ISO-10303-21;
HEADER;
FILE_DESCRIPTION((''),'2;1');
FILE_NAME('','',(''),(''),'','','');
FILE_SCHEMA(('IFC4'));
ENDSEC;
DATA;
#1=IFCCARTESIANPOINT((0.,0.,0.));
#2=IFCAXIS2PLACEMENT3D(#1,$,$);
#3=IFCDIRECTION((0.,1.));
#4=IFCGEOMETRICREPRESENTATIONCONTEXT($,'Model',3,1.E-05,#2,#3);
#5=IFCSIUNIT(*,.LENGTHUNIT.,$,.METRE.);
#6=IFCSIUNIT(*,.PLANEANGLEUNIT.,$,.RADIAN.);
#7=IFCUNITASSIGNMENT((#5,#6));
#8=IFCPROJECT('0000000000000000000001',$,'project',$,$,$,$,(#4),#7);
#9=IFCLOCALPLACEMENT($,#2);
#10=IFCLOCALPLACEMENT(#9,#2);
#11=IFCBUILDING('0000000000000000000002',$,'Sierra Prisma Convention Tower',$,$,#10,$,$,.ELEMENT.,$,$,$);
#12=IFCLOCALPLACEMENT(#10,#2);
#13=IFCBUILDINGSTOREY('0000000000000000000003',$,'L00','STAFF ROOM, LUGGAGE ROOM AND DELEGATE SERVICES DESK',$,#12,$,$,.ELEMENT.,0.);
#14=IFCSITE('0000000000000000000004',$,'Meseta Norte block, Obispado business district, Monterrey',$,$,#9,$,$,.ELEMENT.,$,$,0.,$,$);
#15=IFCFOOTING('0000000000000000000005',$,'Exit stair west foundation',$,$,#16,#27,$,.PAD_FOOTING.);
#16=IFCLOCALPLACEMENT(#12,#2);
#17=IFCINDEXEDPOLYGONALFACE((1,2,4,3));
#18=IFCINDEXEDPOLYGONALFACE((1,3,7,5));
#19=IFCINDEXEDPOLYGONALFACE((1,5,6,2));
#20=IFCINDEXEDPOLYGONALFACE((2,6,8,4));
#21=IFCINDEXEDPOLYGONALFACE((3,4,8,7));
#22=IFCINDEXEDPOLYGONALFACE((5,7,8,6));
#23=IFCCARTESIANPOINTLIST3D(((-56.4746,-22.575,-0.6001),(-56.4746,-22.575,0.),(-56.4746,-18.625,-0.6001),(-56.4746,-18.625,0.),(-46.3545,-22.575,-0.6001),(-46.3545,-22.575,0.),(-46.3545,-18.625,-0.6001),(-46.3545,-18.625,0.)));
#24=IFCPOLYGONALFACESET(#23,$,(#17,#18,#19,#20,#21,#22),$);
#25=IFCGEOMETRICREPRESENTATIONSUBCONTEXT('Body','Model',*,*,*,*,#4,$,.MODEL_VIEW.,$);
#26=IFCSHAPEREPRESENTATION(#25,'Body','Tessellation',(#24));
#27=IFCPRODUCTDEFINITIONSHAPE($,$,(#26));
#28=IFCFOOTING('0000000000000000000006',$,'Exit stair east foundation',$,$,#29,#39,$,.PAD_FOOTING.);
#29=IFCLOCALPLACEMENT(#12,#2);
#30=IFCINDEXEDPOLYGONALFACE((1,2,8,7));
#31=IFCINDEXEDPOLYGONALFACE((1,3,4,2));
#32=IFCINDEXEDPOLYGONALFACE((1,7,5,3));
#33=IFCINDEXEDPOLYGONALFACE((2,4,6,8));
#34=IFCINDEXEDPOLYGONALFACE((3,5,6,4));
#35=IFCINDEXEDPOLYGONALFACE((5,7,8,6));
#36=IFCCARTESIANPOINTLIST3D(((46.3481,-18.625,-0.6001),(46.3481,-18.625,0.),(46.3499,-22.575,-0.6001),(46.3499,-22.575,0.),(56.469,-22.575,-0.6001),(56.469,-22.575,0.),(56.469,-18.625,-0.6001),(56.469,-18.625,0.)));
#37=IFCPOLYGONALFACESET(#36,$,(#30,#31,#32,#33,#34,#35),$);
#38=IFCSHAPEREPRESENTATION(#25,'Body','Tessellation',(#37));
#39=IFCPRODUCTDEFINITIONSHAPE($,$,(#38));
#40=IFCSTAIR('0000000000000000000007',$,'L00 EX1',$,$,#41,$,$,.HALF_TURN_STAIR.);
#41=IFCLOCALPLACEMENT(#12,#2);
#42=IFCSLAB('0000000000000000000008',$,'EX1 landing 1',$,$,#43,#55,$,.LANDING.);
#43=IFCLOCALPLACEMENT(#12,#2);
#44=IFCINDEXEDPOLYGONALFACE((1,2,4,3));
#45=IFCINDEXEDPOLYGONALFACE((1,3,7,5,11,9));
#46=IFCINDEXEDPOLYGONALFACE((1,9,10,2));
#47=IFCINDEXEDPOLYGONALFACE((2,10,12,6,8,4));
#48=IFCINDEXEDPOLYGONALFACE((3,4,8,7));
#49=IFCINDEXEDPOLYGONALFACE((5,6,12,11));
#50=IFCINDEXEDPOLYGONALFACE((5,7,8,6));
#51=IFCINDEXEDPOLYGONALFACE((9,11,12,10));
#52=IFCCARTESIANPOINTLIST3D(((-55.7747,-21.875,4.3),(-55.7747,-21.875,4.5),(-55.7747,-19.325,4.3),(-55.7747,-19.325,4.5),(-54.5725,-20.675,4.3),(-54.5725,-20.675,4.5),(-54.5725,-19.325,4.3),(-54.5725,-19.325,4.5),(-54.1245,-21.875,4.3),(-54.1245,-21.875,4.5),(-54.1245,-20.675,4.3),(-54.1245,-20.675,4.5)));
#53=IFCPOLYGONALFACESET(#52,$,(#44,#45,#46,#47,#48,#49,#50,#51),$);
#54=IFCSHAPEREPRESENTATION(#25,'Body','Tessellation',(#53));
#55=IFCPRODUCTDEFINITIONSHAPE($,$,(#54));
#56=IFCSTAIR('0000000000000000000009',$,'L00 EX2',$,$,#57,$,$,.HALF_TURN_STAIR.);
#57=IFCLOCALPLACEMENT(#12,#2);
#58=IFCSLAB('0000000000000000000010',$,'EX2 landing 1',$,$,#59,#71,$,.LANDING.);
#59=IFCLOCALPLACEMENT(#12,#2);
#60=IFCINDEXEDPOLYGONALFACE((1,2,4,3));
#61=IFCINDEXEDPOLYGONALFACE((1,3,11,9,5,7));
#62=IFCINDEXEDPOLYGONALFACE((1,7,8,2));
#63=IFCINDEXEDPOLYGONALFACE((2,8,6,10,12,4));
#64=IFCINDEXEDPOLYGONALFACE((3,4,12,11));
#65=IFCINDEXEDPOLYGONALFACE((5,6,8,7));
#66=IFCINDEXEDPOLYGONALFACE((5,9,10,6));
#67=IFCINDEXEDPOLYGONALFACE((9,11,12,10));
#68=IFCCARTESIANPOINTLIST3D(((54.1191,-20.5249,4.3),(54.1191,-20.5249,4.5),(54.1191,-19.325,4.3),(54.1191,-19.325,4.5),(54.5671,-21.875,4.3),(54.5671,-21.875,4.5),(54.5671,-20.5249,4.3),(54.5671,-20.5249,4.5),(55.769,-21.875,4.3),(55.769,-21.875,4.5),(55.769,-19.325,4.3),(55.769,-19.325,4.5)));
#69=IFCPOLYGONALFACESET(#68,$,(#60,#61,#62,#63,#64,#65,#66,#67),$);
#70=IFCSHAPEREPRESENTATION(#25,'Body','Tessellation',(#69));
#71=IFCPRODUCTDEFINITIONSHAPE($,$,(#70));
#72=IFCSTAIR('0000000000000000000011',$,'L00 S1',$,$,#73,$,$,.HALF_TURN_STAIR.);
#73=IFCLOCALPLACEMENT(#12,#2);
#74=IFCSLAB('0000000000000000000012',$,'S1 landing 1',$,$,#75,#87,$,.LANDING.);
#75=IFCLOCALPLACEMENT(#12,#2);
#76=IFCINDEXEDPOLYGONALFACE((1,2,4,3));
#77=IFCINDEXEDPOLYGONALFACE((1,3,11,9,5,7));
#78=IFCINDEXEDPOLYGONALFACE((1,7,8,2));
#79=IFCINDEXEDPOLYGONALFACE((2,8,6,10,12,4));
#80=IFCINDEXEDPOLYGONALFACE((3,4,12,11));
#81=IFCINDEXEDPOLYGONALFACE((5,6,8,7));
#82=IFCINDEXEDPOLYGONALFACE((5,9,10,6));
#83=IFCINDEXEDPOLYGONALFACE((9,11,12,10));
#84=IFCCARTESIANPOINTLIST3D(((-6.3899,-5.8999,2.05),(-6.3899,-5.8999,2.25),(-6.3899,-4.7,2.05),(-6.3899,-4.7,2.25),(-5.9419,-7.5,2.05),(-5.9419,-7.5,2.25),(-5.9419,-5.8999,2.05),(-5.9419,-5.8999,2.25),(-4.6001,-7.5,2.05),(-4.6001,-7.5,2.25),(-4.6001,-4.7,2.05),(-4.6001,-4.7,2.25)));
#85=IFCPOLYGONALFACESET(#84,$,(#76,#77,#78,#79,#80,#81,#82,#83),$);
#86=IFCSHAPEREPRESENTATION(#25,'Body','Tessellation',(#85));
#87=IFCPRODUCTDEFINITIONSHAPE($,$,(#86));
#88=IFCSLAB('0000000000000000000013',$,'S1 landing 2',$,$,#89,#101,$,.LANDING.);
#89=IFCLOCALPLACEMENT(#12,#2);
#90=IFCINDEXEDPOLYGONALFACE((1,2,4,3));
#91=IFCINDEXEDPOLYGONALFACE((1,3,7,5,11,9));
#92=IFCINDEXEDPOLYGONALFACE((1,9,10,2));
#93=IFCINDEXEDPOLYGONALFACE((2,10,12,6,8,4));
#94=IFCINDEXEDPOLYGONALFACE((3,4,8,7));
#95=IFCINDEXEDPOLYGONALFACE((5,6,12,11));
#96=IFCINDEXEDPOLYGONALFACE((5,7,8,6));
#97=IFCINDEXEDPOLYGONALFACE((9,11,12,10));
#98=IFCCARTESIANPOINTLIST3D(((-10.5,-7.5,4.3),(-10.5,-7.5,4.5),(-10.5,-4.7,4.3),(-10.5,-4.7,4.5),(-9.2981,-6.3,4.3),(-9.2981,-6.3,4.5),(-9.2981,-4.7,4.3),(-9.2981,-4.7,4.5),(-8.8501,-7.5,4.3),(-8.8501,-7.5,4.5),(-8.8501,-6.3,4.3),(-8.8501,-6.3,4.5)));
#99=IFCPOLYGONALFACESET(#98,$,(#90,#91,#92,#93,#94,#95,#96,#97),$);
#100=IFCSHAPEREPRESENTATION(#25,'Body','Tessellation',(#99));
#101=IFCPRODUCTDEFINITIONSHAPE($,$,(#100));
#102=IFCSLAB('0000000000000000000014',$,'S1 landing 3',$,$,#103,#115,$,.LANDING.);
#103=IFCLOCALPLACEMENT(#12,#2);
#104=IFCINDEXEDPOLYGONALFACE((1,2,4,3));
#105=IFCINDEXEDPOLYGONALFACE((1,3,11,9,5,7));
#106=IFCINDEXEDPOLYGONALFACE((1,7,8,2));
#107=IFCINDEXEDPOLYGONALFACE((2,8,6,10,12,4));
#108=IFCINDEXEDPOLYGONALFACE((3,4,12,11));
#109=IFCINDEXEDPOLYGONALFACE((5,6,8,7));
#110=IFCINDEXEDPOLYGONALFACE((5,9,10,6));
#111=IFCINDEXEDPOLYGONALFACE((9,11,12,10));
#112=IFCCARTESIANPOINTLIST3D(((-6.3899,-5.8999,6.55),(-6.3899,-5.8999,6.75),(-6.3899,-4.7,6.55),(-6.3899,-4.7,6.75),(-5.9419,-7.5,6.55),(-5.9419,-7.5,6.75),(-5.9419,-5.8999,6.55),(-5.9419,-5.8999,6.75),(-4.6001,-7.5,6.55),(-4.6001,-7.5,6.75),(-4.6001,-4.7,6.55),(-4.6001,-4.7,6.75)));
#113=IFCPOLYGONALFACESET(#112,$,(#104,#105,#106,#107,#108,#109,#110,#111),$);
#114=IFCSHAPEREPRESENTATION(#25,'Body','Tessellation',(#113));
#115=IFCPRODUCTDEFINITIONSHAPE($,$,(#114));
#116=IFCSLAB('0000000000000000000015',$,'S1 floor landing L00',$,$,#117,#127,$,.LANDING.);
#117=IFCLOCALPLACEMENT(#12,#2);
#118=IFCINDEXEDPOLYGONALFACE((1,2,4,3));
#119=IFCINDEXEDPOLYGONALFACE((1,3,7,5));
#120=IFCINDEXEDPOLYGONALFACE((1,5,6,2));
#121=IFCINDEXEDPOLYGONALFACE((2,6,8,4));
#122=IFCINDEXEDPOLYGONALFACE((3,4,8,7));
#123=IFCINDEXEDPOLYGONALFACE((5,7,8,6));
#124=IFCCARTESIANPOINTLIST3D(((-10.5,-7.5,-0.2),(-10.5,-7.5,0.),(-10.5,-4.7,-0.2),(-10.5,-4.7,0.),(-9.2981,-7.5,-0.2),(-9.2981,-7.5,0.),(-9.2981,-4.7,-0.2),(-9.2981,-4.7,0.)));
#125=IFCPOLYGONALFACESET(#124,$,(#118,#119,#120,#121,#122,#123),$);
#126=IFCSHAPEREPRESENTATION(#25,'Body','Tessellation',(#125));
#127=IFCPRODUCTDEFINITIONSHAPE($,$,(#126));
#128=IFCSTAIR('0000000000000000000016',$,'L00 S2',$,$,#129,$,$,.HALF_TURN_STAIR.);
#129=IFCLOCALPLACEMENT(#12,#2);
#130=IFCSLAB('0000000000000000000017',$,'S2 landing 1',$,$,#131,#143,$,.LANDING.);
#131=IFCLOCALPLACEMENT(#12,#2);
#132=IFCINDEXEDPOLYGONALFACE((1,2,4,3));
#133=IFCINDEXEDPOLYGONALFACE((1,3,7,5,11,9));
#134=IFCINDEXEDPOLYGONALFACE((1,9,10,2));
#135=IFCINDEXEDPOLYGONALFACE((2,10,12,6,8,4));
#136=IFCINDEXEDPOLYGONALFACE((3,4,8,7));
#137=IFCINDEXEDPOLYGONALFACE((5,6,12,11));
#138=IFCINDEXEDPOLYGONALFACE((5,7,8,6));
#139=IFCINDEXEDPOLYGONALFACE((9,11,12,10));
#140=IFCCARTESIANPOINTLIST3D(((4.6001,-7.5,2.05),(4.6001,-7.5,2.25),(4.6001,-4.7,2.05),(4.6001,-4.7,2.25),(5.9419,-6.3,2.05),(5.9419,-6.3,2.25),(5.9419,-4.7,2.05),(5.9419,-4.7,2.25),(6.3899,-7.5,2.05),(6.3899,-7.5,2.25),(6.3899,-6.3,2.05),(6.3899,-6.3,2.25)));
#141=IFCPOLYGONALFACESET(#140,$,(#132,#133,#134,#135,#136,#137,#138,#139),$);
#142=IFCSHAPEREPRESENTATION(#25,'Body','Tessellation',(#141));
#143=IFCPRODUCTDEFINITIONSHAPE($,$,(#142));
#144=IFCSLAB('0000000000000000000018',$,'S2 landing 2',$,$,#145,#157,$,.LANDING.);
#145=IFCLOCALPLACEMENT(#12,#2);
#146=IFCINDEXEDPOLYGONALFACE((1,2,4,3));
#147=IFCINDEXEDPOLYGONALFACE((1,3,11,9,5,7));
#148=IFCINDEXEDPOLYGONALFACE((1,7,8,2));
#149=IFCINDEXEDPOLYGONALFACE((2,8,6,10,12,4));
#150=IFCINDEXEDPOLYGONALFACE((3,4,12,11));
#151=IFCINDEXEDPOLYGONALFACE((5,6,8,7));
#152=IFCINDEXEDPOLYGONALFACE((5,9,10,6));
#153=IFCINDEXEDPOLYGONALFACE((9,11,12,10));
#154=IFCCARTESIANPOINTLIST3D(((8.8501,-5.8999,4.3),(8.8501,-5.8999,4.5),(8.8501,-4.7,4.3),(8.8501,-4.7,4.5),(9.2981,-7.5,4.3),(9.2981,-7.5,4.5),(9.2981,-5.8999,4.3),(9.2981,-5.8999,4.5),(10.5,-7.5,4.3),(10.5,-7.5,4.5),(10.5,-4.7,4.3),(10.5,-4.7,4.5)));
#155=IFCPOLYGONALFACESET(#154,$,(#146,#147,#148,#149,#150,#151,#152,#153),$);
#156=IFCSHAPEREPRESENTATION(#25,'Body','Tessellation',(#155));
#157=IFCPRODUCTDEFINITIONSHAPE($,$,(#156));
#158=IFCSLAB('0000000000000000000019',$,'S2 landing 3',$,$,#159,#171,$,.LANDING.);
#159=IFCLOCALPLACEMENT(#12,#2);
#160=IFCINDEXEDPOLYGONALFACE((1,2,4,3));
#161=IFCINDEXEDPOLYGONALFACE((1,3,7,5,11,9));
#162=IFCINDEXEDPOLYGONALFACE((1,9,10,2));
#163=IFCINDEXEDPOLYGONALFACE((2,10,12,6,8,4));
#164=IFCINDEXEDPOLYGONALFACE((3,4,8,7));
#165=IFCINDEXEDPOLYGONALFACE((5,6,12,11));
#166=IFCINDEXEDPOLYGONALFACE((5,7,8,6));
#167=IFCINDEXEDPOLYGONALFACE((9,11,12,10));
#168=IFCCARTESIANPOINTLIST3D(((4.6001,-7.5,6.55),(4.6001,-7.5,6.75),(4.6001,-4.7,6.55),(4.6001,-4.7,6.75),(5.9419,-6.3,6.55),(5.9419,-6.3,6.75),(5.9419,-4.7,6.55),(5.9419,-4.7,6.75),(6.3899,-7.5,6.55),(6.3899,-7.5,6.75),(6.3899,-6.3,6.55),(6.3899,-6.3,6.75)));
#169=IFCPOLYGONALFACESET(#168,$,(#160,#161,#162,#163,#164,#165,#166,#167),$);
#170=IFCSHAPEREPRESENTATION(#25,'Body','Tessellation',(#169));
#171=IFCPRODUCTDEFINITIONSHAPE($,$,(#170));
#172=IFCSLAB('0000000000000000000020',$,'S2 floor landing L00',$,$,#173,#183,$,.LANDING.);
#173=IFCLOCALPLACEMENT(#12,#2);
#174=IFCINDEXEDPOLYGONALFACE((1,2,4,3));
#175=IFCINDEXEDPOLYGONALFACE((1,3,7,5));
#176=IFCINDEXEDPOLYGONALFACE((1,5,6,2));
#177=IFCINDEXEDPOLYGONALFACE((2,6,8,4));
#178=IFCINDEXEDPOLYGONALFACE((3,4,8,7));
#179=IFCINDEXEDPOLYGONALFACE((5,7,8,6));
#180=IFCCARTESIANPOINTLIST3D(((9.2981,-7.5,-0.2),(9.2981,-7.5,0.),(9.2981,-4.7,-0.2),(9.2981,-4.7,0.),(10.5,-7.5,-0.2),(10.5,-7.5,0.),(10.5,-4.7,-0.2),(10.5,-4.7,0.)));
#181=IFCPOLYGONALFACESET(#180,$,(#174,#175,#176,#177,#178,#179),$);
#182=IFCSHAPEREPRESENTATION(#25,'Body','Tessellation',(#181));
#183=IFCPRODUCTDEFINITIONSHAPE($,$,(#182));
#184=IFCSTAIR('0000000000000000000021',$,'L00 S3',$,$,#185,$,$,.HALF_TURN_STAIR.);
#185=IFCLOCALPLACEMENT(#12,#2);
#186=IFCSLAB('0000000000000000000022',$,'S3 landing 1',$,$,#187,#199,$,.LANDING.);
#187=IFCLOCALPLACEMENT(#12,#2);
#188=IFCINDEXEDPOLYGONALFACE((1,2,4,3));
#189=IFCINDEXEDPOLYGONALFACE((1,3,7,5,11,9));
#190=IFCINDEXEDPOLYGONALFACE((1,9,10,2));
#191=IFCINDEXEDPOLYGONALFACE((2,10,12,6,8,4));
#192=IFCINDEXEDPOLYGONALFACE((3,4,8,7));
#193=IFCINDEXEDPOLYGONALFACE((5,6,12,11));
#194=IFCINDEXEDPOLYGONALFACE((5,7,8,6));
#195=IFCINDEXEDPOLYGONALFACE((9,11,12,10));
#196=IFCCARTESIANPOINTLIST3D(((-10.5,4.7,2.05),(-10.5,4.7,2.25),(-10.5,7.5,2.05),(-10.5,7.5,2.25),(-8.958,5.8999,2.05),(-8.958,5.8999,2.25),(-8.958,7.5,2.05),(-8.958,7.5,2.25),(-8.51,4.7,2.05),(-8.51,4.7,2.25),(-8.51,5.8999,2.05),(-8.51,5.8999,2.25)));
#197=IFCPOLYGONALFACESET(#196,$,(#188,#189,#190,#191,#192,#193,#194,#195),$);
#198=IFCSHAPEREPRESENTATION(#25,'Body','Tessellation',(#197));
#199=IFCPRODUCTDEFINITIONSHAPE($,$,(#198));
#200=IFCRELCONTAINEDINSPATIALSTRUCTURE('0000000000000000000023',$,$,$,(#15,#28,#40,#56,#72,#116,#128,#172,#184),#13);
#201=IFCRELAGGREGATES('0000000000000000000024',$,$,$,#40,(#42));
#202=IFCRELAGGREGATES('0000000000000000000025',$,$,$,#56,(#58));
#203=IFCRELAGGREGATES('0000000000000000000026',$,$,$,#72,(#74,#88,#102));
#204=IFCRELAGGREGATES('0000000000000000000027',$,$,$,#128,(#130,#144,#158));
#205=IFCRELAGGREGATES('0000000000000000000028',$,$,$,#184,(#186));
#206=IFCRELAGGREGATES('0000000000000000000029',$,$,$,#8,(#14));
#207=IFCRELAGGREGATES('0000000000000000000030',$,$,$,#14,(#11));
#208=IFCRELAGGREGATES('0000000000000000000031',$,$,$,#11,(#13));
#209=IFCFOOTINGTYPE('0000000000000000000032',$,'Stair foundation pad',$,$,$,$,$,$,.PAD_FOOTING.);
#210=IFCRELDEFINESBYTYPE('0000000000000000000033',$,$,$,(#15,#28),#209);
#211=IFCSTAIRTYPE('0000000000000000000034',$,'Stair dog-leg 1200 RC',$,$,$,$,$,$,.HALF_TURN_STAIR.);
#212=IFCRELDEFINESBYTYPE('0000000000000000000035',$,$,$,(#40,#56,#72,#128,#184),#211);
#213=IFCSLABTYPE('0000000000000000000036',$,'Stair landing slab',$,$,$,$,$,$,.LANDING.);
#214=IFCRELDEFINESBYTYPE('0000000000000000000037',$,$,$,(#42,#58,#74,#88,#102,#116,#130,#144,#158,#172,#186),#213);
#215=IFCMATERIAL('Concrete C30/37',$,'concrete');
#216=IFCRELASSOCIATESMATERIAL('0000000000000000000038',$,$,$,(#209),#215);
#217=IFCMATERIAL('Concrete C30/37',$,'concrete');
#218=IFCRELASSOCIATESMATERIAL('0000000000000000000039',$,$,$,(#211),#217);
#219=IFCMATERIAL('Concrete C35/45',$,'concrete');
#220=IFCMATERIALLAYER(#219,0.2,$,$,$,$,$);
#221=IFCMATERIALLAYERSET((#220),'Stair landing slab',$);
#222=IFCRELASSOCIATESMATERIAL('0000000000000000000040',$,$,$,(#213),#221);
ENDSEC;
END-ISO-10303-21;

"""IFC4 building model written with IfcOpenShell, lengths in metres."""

from ifc_helpers import new_model, si_unit, direction, frame, origin, place, context, subcontext, project, spatial, polyline, outline, extrude, material, layer, layer_set, type_object, element, aggregate, save


model = new_model("IFC4")

# Units and contexts
model_context = context("Model", 3, precision=1e-05, world=origin(), true_north=direction((0.0, 1.0)))
body_context = subcontext(model_context, "Body", "Model", "MODEL_VIEW")
ifc_project = project(units=[si_unit("LENGTHUNIT", "METRE"), si_unit("PLANEANGLEUNIT", "RADIAN")], contexts=[model_context])

# Site, building, storey
site_placement = place(None, origin())
site = spatial("IfcSite", under=ifc_project, at=site_placement, Name="Meseta Norte block, Obispado business district, Monterrey", CompositionType="ELEMENT", RefElevation=0.0)
building_placement = place(site_placement, origin())
building = spatial("IfcBuilding", under=site, at=building_placement, Name="Sierra Prisma Convention Tower", CompositionType="ELEMENT")
storey_placement = place(building_placement, origin())
storey = spatial("IfcBuildingStorey", under=building, at=storey_placement, Name="L00", Description="STAFF ROOM, LUGGAGE ROOM AND DELEGATE SERVICES DESK", CompositionType="ELEMENT", Elevation=0.0)

# Footings
ifc_material_1 = material(Name="Concrete C30/37", Category="concrete")
footing_type = type_object("IfcFootingType", Name="Stair foundation pad", PredefinedType="PAD_FOOTING", material=ifc_material_1)
footing_1_placement = place(storey_placement, frame((0.0, 0.0, -0.6001)))
element("IfcFooting", 1, at=footing_1_placement, inside=storey, type_object=footing_type, Name="Exit stair west foundation", PredefinedType="PAD_FOOTING", context=body_context, shape_type="SweptSolid", body=[
    extrude(outline(polyline([(-46.3545, -22.575), (-46.3545, -18.625), (-56.4746, -18.625), (-56.4746, -22.575), (-46.3545, -22.575)])), origin(), (0.0, 0.0, 1.0), 0.6001),
])
footing_2_placement = place(storey_placement, frame((0.0, 0.0, -0.6001)))
element("IfcFooting", 2, at=footing_2_placement, inside=storey, type_object=footing_type, Name="Exit stair east foundation", PredefinedType="PAD_FOOTING", context=body_context, shape_type="SweptSolid", body=[
    extrude(outline(polyline([(56.469, -22.575), (56.469, -18.625), (46.3481, -18.625), (46.3499, -22.575), (56.469, -22.575)])), origin(), (0.0, 0.0, 1.0), 0.6001),
])

# Stairs, slabs
ifc_material_2 = material(Name="Concrete C30/37", Category="concrete")
stair_type = type_object("IfcStairType", Name="Stair dog-leg 1200 RC", PredefinedType="HALF_TURN_STAIR", material=ifc_material_2)
stair_1_placement = place(storey_placement, origin())
stair_1 = element("IfcStair", 3, at=stair_1_placement, inside=storey, type_object=stair_type, Name="L00 EX1", PredefinedType="HALF_TURN_STAIR")
ifc_material_3 = material(Name="Concrete C35/45", Category="concrete")
ifc_layer_1 = layer(ifc_material_3, 0.2)
ifc_layer_set_1 = layer_set([ifc_layer_1], Name="Stair landing slab")
slab_type = type_object("IfcSlabType", Name="Stair landing slab", PredefinedType="LANDING", material=ifc_layer_set_1)
slab_1_placement = place(storey_placement, frame((0.0, 0.0, 4.3)))
slab_1 = element("IfcSlab", 4, at=slab_1_placement, type_object=slab_type, Name="EX1 landing 1", PredefinedType="LANDING", context=body_context, shape_type="SweptSolid", body=[
    extrude(outline(polyline([(-54.1245, -20.675), (-54.1245, -21.875), (-55.7747, -21.875), (-55.7747, -19.325), (-54.5725, -19.325), (-54.5725, -20.675), (-54.1245, -20.675)])), origin(), (0.0, 0.0, 1.0), 0.2),
])
aggregate(stair_1, [slab_1])
stair_2_placement = place(storey_placement, origin())
stair_2 = element("IfcStair", 5, at=stair_2_placement, inside=storey, type_object=stair_type, Name="L00 EX2", PredefinedType="HALF_TURN_STAIR")
slab_2_placement = place(storey_placement, frame((0.0, 0.0, 4.3)))
slab_2 = element("IfcSlab", 6, at=slab_2_placement, type_object=slab_type, Name="EX2 landing 1", PredefinedType="LANDING", context=body_context, shape_type="SweptSolid", body=[
    extrude(outline(polyline([(55.769, -19.325), (55.769, -21.875), (54.5671, -21.875), (54.5671, -20.5249), (54.1191, -20.5249), (54.1191, -19.325), (55.769, -19.325)])), origin(), (0.0, 0.0, 1.0), 0.2),
])
aggregate(stair_2, [slab_2])

# Stair, slabs
stair_3_placement = place(storey_placement, origin())
stair_3 = element("IfcStair", 7, at=stair_3_placement, inside=storey, type_object=stair_type, Name="L00 S1", PredefinedType="HALF_TURN_STAIR")
slab_3_placement = place(storey_placement, frame((0.0, 0.0, 2.05)))
slab_3 = element("IfcSlab", 8, at=slab_3_placement, type_object=slab_type, Name="S1 landing 1", PredefinedType="LANDING", context=body_context, shape_type="SweptSolid", body=[
    extrude(outline(polyline([(-4.6001, -4.7), (-4.6001, -7.5), (-5.9419, -7.5), (-5.9419, -5.8999), (-6.3899, -5.8999), (-6.3899, -4.7), (-4.6001, -4.7)])), origin(), (0.0, 0.0, 1.0), 0.2),
])
slab_4_placement = place(storey_placement, frame((0.0, 0.0, 4.3)))
slab_4 = element("IfcSlab", 9, at=slab_4_placement, type_object=slab_type, Name="S1 landing 2", PredefinedType="LANDING", context=body_context, shape_type="SweptSolid", body=[
    extrude(outline(polyline([(-10.5, -7.5), (-10.5, -4.7), (-9.2981, -4.7), (-9.2981, -6.3), (-8.8501, -6.3), (-8.8501, -7.5), (-10.5, -7.5)])), origin(), (0.0, 0.0, 1.0), 0.2),
])
slab_5_placement = place(storey_placement, frame((0.0, 0.0, 6.55)))
slab_5 = element("IfcSlab", 10, at=slab_5_placement, type_object=slab_type, Name="S1 landing 3", PredefinedType="LANDING", context=body_context, shape_type="SweptSolid", body=[
    extrude(outline(polyline([(-4.6001, -4.7), (-4.6001, -7.5), (-5.9419, -7.5), (-5.9419, -5.8999), (-6.3899, -5.8999), (-6.3899, -4.7), (-4.6001, -4.7)])), origin(), (0.0, 0.0, 1.0), 0.2),
])
aggregate(stair_3, [slab_3, slab_4, slab_5])

# Slab
slab_6_placement = place(storey_placement, frame((0.0, 0.0, -0.2)))
element("IfcSlab", 11, at=slab_6_placement, inside=storey, type_object=slab_type, Name="S1 floor landing L00", PredefinedType="LANDING", context=body_context, shape_type="SweptSolid", body=[
    extrude(outline(polyline([(-10.5, -7.5), (-9.2981, -7.5), (-9.2981, -4.7), (-10.5, -4.7), (-10.5, -7.5)])), origin(), (0.0, 0.0, 1.0), 0.2),
])

# Stair, slabs
stair_4_placement = place(storey_placement, origin())
stair_4 = element("IfcStair", 12, at=stair_4_placement, inside=storey, type_object=stair_type, Name="L00 S2", PredefinedType="HALF_TURN_STAIR")
slab_7_placement = place(storey_placement, frame((0.0, 0.0, 2.05)))
slab_7 = element("IfcSlab", 13, at=slab_7_placement, type_object=slab_type, Name="S2 landing 1", PredefinedType="LANDING", context=body_context, shape_type="SweptSolid", body=[
    extrude(outline(polyline([(6.3899, -6.3), (6.3899, -7.5), (4.6001, -7.5), (4.6001, -4.7), (5.9419, -4.7), (5.9419, -6.3), (6.3899, -6.3)])), origin(), (0.0, 0.0, 1.0), 0.2),
])
slab_8_placement = place(storey_placement, frame((0.0, 0.0, 4.3)))
slab_8 = element("IfcSlab", 14, at=slab_8_placement, type_object=slab_type, Name="S2 landing 2", PredefinedType="LANDING", context=body_context, shape_type="SweptSolid", body=[
    extrude(outline(polyline([(10.5, -4.7), (10.5, -7.5), (9.2981, -7.5), (9.2981, -5.8999), (8.8501, -5.8999), (8.8501, -4.7), (10.5, -4.7)])), origin(), (0.0, 0.0, 1.0), 0.2),
])
slab_9_placement = place(storey_placement, frame((0.0, 0.0, 6.55)))
slab_9 = element("IfcSlab", 15, at=slab_9_placement, type_object=slab_type, Name="S2 landing 3", PredefinedType="LANDING", context=body_context, shape_type="SweptSolid", body=[
    extrude(outline(polyline([(6.3899, -6.3), (6.3899, -7.5), (4.6001, -7.5), (4.6001, -4.7), (5.9419, -4.7), (5.9419, -6.3), (6.3899, -6.3)])), origin(), (0.0, 0.0, 1.0), 0.2),
])
aggregate(stair_4, [slab_7, slab_8, slab_9])

# Slab
slab_10_placement = place(storey_placement, frame((0.0, 0.0, -0.2)))
element("IfcSlab", 16, at=slab_10_placement, inside=storey, type_object=slab_type, Name="S2 floor landing L00", PredefinedType="LANDING", context=body_context, shape_type="SweptSolid", body=[
    extrude(outline(polyline([(10.5, -4.7), (9.2981, -4.7), (9.2981, -7.5), (10.5, -7.5), (10.5, -4.7)])), origin(), (0.0, 0.0, 1.0), 0.2),
])

# Stair, slab
stair_5_placement = place(storey_placement, origin())
stair_5 = element("IfcStair", 17, at=stair_5_placement, inside=storey, type_object=stair_type, Name="L00 S3", PredefinedType="HALF_TURN_STAIR")
slab_11_placement = place(storey_placement, frame((0.0, 0.0, 2.05)))
slab_11 = element("IfcSlab", 18, at=slab_11_placement, type_object=slab_type, Name="S3 landing 1", PredefinedType="LANDING", context=body_context, shape_type="SweptSolid", body=[
    extrude(outline(polyline([(-8.51, 5.8999), (-8.51, 4.7), (-10.5, 4.7), (-10.5, 7.5), (-8.958, 7.5), (-8.958, 5.8999), (-8.51, 5.8999)])), origin(), (0.0, 0.0, 1.0), 0.2),
])
aggregate(stair_5, [slab_11])

save(model, "model.ifc")
